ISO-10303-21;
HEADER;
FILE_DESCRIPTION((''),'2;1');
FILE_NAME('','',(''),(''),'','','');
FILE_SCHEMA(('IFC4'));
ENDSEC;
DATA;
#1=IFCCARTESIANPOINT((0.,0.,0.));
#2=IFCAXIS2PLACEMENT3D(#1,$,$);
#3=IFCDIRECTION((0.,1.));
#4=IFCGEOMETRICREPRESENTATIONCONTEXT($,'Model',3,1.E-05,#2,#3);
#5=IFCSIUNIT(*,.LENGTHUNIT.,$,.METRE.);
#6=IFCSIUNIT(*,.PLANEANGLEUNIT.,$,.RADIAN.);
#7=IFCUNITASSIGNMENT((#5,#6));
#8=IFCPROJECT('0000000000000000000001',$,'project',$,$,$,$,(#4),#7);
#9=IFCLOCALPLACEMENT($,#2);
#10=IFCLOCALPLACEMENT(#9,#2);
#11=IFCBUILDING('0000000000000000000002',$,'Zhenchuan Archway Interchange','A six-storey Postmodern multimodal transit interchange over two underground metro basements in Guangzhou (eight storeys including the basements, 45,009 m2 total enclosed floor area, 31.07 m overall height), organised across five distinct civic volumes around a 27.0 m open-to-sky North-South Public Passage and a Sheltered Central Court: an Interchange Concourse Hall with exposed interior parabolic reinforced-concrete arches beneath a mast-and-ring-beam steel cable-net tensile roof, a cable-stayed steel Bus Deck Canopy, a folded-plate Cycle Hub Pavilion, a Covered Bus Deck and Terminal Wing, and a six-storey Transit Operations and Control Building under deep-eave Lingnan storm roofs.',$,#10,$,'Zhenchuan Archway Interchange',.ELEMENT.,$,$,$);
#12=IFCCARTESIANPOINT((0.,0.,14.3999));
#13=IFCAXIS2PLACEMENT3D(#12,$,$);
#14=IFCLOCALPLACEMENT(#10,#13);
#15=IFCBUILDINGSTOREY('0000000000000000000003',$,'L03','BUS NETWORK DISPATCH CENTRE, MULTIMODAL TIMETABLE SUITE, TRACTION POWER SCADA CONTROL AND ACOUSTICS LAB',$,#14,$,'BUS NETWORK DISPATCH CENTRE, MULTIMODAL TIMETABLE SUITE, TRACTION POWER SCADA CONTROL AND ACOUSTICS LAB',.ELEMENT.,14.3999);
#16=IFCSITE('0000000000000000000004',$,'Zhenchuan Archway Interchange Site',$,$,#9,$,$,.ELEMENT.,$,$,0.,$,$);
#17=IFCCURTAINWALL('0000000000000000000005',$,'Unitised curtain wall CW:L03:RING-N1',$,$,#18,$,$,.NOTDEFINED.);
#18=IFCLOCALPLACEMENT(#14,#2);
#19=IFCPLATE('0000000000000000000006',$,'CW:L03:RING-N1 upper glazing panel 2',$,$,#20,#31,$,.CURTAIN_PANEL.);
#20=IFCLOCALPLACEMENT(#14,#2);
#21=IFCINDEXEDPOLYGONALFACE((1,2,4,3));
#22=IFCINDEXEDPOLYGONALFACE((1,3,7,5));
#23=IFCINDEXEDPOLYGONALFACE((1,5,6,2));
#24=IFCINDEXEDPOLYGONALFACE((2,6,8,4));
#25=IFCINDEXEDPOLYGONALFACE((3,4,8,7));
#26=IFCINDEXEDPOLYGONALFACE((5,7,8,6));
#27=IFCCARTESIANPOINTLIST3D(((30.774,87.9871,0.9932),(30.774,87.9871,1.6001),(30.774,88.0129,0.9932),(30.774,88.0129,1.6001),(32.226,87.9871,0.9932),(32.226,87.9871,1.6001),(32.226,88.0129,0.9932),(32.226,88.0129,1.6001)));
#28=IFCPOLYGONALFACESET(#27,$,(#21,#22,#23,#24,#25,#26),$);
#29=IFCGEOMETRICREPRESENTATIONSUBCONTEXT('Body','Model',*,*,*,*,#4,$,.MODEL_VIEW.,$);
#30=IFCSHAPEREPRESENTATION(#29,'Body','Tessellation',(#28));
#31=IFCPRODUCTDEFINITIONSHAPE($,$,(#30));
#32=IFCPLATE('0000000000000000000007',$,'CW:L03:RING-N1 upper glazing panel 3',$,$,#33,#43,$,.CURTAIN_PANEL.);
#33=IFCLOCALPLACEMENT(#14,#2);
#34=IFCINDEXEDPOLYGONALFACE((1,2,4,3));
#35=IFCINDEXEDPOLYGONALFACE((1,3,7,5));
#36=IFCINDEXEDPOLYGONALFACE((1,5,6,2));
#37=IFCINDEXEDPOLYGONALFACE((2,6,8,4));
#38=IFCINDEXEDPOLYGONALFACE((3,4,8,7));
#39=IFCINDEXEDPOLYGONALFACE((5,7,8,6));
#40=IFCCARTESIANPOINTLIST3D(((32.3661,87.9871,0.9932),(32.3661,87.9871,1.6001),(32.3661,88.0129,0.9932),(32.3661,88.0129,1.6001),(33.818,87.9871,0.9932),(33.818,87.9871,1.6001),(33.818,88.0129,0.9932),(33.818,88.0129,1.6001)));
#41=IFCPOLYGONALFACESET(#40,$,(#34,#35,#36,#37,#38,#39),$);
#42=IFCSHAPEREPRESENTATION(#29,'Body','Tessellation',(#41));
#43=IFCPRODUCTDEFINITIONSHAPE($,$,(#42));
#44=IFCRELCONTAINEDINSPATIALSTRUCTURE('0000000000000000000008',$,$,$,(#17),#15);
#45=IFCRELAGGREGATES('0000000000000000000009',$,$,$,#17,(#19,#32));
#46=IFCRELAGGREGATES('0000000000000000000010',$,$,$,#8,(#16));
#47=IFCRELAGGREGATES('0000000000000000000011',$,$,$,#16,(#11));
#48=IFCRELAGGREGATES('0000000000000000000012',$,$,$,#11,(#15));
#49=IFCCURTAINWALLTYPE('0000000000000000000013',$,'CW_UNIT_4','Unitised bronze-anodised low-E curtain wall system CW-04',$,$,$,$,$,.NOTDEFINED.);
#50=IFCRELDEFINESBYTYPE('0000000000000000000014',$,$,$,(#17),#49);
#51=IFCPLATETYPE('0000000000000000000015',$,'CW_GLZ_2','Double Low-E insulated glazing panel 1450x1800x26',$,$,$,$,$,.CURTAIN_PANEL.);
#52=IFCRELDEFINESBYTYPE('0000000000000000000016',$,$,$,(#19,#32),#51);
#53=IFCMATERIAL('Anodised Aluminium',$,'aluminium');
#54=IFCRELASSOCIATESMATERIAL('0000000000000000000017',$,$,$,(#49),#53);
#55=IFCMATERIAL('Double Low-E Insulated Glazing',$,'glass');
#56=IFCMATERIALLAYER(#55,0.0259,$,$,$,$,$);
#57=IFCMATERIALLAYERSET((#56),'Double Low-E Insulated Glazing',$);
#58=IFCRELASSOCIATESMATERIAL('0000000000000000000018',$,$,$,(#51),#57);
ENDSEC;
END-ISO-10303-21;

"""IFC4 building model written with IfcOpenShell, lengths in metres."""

from ifc_helpers import new_model, si_unit, direction, frame, origin, origin_2d, place, context, subcontext, project, spatial, rectangle, extrude, material, layer, layer_set, type_object, element, aggregate, save


model = new_model("IFC4")

# Units and contexts
model_context = context("Model", 3, precision=1e-05, world=origin(), true_north=direction((0.0, 1.0)))
body_context = subcontext(model_context, "Body", "Model", "MODEL_VIEW")
ifc_project = project(units=[si_unit("LENGTHUNIT", "METRE"), si_unit("PLANEANGLEUNIT", "RADIAN")], contexts=[model_context])

# Site, building, storey
site_placement = place(None, origin())
site = spatial("IfcSite", under=ifc_project, at=site_placement, Name="Zhenchuan Archway Interchange Site", CompositionType="ELEMENT", RefElevation=0.0)
building_placement = place(site_placement, origin())
building = spatial("IfcBuilding", under=site, at=building_placement, Name="Zhenchuan Archway Interchange", Description="A six-storey Postmodern multimodal transit interchange over two underground metro basements in Guangzhou (eight storeys including the basements, 45,009 m2 total enclosed floor area, 31.07 m overall height), organised across five distinct civic volumes around a 27.0 m open-to-sky North-South Public Passage and a Sheltered Central Court: an Interchange Concourse Hall with exposed interior parabolic reinforced-concrete arches beneath a mast-and-ring-beam steel cable-net tensile roof, a cable-stayed steel Bus Deck Canopy, a folded-plate Cycle Hub Pavilion, a Covered Bus Deck and Terminal Wing, and a six-storey Transit Operations and Control Building under deep-eave Lingnan storm roofs.", LongName="Zhenchuan Archway Interchange", CompositionType="ELEMENT")
storey_placement = place(building_placement, frame((0.0, 0.0, 14.3999)))
storey = spatial("IfcBuildingStorey", under=building, at=storey_placement, Name="L03", Description="BUS NETWORK DISPATCH CENTRE, MULTIMODAL TIMETABLE SUITE, TRACTION POWER SCADA CONTROL AND ACOUSTICS LAB", LongName="BUS NETWORK DISPATCH CENTRE, MULTIMODAL TIMETABLE SUITE, TRACTION POWER SCADA CONTROL AND ACOUSTICS LAB", CompositionType="ELEMENT", Elevation=14.3999)

# Curtain wall
ifc_material_1 = material(Name="Anodised Aluminium", Category="aluminium")
curtain_wall_type = type_object("IfcCurtainWallType", Name="CW_UNIT_4", Description="Unitised bronze-anodised low-E curtain wall system CW-04", PredefinedType="NOTDEFINED", material=ifc_material_1)
curtain_wall_placement = place(storey_placement, origin())
curtain_wall = element("IfcCurtainWall", 1, at=curtain_wall_placement, inside=storey, type_object=curtain_wall_type, Name="Unitised curtain wall CW:L03:RING-N1", PredefinedType="NOTDEFINED")

# Plates
ifc_material_2 = material(Name="Double Low-E Insulated Glazing", Category="glass")
ifc_layer_1 = layer(ifc_material_2, 0.0259)
ifc_layer_set_1 = layer_set([ifc_layer_1], Name="Double Low-E Insulated Glazing")
plate_type_1 = type_object("IfcPlateType", Name="CW_GLZ_2", Description="Double Low-E insulated glazing panel 1450x1800x26", PredefinedType="CURTAIN_PANEL", material=ifc_layer_set_1)
plate_1_placement = place(storey_placement, frame((31.5, 88.0, 0.9932), z_axis=(0.0, 0.0, 1.0), x_axis=(1.0, 0.0, 0.0)))
plate_1 = element("IfcPlate", 2, at=plate_1_placement, type_object=plate_type_1, Name="CW:L03:RING-N1 upper glazing panel 2", PredefinedType="CURTAIN_PANEL", context=body_context, shape_type="SweptSolid", body=[
    extrude(rectangle(XDim=1.4519, YDim=0.0259, at=origin_2d()), origin(), (0.0, 0.0, 1.0), 0.6069),
])
plate_2_placement = place(storey_placement, frame((33.092, 88.0, 0.9932), z_axis=(0.0, 0.0, 1.0), x_axis=(1.0, 0.0, 0.0)))
plate_2 = element("IfcPlate", 3, at=plate_2_placement, type_object=plate_type_1, Name="CW:L03:RING-N1 upper glazing panel 3", PredefinedType="CURTAIN_PANEL", context=body_context, shape_type="SweptSolid", body=[
    extrude(rectangle(XDim=1.4519, YDim=0.0259, at=origin_2d()), origin(), (0.0, 0.0, 1.0), 0.6069),
])
aggregate(curtain_wall, [plate_1, plate_2])

save(model, "model.ifc")
